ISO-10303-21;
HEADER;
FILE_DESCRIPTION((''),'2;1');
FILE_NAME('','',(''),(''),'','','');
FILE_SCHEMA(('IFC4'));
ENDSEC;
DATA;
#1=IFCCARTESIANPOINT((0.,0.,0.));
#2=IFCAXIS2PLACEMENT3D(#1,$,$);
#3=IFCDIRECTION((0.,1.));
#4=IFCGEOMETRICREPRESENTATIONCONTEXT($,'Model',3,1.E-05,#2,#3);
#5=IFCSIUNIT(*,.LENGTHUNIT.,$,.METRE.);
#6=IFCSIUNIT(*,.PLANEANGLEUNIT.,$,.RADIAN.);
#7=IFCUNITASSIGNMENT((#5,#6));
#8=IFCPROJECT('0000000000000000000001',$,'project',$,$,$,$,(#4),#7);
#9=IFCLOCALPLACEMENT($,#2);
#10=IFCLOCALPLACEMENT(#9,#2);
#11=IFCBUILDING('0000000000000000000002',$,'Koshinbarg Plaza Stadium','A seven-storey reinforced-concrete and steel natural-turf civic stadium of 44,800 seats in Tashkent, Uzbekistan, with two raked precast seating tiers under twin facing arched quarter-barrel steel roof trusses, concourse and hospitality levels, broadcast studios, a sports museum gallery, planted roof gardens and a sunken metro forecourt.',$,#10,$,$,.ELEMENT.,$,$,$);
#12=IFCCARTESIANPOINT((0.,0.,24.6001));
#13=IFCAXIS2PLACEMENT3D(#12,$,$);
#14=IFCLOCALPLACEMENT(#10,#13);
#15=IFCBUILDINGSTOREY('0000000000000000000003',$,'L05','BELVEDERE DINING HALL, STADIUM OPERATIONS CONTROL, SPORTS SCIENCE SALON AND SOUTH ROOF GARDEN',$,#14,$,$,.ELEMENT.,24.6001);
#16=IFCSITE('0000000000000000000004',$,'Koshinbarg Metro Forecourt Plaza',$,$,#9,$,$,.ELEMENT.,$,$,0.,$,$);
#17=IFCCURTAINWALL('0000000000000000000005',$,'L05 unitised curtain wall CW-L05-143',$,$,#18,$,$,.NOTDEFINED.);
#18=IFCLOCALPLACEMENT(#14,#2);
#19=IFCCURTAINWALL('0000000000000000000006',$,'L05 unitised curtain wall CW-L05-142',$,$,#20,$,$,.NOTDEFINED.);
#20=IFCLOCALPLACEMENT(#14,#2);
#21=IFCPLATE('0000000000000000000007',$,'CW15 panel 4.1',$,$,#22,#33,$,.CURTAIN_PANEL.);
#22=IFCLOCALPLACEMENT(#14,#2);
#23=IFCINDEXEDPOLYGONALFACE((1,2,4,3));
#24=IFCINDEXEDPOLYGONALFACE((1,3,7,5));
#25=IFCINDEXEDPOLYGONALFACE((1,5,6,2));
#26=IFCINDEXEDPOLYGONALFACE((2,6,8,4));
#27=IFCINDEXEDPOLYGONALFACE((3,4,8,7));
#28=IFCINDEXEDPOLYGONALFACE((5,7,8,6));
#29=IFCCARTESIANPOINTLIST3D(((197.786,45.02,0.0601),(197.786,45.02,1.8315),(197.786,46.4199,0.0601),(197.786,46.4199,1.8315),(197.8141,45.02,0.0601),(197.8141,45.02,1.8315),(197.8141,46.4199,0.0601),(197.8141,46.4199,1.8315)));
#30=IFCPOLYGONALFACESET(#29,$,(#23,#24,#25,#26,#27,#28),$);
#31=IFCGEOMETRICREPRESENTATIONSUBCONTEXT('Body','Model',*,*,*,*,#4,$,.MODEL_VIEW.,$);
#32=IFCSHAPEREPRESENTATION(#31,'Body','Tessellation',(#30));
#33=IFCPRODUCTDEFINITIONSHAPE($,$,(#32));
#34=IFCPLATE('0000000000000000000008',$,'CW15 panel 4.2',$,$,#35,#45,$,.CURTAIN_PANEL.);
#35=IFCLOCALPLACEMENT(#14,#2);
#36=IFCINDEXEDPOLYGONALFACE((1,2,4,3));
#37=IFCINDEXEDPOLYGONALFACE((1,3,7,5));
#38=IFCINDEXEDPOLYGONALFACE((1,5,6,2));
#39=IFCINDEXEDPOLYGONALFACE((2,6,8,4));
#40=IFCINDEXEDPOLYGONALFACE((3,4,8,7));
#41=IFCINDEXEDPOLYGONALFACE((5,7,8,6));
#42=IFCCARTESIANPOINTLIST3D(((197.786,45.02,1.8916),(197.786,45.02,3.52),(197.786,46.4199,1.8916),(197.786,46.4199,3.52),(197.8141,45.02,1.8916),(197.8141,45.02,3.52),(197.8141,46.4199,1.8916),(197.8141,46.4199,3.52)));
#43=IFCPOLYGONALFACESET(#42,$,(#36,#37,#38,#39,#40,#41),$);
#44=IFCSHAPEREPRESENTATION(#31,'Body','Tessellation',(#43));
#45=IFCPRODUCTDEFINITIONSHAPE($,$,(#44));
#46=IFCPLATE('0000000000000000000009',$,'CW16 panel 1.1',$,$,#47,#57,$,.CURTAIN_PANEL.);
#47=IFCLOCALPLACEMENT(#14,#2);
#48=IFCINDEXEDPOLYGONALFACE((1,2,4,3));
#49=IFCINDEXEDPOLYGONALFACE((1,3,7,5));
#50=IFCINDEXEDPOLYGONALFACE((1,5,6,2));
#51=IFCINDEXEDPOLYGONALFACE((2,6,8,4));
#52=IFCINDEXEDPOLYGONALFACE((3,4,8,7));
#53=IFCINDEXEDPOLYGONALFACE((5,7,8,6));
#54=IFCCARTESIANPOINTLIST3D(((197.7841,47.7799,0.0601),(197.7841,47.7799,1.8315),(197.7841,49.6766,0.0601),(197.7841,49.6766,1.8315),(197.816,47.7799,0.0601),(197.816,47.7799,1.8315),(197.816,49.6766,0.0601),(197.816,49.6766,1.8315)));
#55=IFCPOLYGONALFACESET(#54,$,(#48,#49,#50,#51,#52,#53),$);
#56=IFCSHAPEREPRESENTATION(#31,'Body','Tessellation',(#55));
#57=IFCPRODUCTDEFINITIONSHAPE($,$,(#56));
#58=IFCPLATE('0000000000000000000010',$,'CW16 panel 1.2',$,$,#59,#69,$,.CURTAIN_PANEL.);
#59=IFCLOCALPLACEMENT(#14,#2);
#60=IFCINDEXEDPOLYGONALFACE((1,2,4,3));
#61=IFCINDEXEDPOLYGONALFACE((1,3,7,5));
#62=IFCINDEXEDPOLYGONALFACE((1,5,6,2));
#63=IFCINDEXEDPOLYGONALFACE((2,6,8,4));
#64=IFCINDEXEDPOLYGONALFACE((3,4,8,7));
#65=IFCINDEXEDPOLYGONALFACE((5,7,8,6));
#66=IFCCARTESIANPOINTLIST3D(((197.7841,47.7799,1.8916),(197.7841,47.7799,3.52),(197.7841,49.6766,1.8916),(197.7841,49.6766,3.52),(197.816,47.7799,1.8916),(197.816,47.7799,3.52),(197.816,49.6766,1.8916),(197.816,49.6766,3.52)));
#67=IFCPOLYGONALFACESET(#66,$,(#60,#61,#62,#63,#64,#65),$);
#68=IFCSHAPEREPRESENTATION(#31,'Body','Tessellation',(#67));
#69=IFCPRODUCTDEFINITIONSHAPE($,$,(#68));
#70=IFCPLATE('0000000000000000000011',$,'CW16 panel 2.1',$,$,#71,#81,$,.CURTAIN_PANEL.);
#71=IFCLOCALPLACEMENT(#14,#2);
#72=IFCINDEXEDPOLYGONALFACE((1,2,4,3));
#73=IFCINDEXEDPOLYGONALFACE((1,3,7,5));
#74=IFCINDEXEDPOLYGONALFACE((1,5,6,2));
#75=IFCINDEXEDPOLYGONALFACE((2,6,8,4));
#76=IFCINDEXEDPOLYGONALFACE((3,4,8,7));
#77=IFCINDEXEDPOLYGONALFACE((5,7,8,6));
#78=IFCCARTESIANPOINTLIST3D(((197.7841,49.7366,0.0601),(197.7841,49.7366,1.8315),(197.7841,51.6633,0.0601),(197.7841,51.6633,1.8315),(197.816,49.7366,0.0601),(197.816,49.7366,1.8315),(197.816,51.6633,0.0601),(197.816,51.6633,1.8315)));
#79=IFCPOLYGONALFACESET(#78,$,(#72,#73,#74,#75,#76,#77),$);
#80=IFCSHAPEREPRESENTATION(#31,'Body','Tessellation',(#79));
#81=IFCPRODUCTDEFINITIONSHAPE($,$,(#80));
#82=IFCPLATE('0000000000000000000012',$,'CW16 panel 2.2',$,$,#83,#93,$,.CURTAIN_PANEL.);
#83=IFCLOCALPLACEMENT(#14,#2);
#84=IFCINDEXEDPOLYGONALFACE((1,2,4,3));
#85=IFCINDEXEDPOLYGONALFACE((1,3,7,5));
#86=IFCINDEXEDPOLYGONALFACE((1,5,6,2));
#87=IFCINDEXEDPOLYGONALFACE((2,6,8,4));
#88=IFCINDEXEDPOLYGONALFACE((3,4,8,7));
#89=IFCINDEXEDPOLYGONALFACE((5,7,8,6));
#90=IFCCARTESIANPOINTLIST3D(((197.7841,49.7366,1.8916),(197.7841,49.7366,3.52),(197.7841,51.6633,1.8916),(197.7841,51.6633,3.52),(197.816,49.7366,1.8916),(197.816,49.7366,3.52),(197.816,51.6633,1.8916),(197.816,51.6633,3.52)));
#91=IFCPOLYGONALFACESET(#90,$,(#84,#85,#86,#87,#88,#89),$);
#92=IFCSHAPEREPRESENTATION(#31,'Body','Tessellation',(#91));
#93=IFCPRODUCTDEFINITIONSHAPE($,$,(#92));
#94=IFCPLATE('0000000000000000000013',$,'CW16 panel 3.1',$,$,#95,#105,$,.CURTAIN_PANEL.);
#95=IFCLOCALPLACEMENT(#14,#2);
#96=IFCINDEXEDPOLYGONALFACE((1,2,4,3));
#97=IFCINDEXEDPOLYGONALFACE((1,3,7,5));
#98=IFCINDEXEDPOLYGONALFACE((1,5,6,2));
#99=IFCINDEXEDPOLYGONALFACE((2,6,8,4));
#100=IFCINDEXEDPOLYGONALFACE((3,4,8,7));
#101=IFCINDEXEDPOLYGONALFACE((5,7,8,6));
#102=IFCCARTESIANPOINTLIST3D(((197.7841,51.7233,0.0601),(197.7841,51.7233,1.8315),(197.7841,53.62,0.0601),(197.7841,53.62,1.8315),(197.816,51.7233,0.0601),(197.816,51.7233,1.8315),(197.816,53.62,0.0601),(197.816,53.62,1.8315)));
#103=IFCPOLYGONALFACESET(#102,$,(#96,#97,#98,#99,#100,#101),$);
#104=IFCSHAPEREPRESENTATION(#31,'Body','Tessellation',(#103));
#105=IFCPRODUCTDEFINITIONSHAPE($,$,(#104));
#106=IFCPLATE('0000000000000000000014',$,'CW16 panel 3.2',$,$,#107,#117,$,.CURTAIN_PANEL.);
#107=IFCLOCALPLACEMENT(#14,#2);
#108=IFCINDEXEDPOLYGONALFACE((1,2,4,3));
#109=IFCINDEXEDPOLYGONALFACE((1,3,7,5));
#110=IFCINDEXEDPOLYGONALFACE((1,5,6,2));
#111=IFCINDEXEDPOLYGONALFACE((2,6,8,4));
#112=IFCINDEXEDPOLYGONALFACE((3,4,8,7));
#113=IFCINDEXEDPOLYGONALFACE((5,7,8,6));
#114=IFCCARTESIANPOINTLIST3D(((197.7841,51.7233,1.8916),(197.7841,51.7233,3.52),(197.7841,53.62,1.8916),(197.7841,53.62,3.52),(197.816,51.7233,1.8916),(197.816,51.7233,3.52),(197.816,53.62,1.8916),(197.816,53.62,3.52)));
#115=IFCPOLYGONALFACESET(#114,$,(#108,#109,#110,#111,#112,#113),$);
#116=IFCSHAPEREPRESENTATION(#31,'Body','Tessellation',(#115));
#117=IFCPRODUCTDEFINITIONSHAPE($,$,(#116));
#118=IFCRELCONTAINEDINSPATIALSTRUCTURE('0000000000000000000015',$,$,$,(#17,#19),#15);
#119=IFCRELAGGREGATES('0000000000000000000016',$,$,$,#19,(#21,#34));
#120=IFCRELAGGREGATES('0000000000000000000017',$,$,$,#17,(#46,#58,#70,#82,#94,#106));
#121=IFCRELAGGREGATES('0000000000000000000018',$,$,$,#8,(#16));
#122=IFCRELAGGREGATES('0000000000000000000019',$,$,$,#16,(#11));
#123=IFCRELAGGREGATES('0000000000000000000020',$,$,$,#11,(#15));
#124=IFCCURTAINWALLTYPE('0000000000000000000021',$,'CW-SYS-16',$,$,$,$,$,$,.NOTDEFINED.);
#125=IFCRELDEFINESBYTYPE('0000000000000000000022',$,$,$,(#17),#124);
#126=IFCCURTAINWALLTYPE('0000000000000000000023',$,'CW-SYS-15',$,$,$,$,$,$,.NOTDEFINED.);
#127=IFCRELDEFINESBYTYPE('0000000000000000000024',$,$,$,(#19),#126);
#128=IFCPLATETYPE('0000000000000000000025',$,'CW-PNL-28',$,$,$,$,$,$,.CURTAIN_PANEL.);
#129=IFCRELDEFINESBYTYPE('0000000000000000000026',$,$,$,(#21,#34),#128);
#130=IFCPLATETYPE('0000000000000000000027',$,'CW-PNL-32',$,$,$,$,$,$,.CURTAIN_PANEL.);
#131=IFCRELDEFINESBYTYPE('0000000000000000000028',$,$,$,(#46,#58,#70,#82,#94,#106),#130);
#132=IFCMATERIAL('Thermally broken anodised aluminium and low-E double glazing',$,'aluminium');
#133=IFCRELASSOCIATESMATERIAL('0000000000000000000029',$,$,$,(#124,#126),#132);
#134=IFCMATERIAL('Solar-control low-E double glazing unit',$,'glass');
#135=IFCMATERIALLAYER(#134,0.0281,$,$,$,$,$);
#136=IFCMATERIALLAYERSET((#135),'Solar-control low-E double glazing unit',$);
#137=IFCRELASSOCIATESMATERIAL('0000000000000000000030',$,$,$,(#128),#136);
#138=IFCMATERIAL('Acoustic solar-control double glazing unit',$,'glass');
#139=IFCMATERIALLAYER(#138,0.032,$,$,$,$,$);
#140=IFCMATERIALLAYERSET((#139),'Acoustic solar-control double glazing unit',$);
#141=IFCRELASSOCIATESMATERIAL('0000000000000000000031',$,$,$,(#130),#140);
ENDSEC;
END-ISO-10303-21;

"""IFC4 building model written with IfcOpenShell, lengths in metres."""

from ifc_helpers import new_model, si_unit, direction, frame, origin, origin_2d, place, context, subcontext, project, spatial, rectangle, extrude, material, layer, layer_set, type_object, element, aggregate, save


model = new_model("IFC4")

# Units and contexts
model_context = context("Model", 3, precision=1e-05, world=origin(), true_north=direction((0.0, 1.0)))
body_context = subcontext(model_context, "Body", "Model", "MODEL_VIEW")
ifc_project = project(units=[si_unit("LENGTHUNIT", "METRE"), si_unit("PLANEANGLEUNIT", "RADIAN")], contexts=[model_context])

# Site, building, storey
site_placement = place(None, origin())
site = spatial("IfcSite", under=ifc_project, at=site_placement, Name="Koshinbarg Metro Forecourt Plaza", CompositionType="ELEMENT", RefElevation=0.0)
building_placement = place(site_placement, origin())
building = spatial("IfcBuilding", under=site, at=building_placement, Name="Koshinbarg Plaza Stadium", Description="A seven-storey reinforced-concrete and steel natural-turf civic stadium of 44,800 seats in Tashkent, Uzbekistan, with two raked precast seating tiers under twin facing arched quarter-barrel steel roof trusses, concourse and hospitality levels, broadcast studios, a sports museum gallery, planted roof gardens and a sunken metro forecourt.", CompositionType="ELEMENT")
storey_placement = place(building_placement, frame((0.0, 0.0, 24.6001)))
storey = spatial("IfcBuildingStorey", under=building, at=storey_placement, Name="L05", Description="BELVEDERE DINING HALL, STADIUM OPERATIONS CONTROL, SPORTS SCIENCE SALON AND SOUTH ROOF GARDEN", CompositionType="ELEMENT", Elevation=24.6001)

# Curtain walls
ifc_material_1 = material(Name="Thermally broken anodised aluminium and low-E double glazing", Category="aluminium")
curtain_wall_type_1 = type_object("IfcCurtainWallType", Name="CW-SYS-16", PredefinedType="NOTDEFINED", material=ifc_material_1)
curtain_wall_1_placement = place(storey_placement, origin())
curtain_wall_1 = element("IfcCurtainWall", 1, at=curtain_wall_1_placement, inside=storey, type_object=curtain_wall_type_1, Name="L05 unitised curtain wall CW-L05-143", PredefinedType="NOTDEFINED")
curtain_wall_type_2 = type_object("IfcCurtainWallType", Name="CW-SYS-15", PredefinedType="NOTDEFINED", material=ifc_material_1)
curtain_wall_2_placement = place(storey_placement, origin())
curtain_wall_2 = element("IfcCurtainWall", 2, at=curtain_wall_2_placement, inside=storey, type_object=curtain_wall_type_2, Name="L05 unitised curtain wall CW-L05-142", PredefinedType="NOTDEFINED")

# Plates
ifc_material_2 = material(Name="Solar-control low-E double glazing unit", Category="glass")
ifc_layer_1 = layer(ifc_material_2, 0.0281)
ifc_layer_set_1 = layer_set([ifc_layer_1], Name="Solar-control low-E double glazing unit")
plate_type_1 = type_object("IfcPlateType", Name="CW-PNL-28", PredefinedType="CURTAIN_PANEL", material=ifc_layer_set_1)
plate_1_placement = place(storey_placement, frame((197.8, 45.72, 0.0601), z_axis=(0.0, 0.0, 1.0), x_axis=(0.0, 1.0, 0.0)))
plate_1 = element("IfcPlate", 3, at=plate_1_placement, type_object=plate_type_1, Name="CW15 panel 4.1", PredefinedType="CURTAIN_PANEL", context=body_context, shape_type="SweptSolid", body=[
    extrude(rectangle(XDim=1.3999, YDim=0.0281, at=origin_2d()), origin(), (0.0, 0.0, 1.0), 1.7715),
])
plate_2_placement = place(storey_placement, frame((197.8, 45.72, 1.8916), z_axis=(0.0, 0.0, 1.0), x_axis=(0.0, 1.0, 0.0)))
plate_2 = element("IfcPlate", 4, at=plate_2_placement, type_object=plate_type_1, Name="CW15 panel 4.2", PredefinedType="CURTAIN_PANEL", context=body_context, shape_type="SweptSolid", body=[
    extrude(rectangle(XDim=1.3999, YDim=0.0281, at=origin_2d()), origin(), (0.0, 0.0, 1.0), 1.6284),
])
aggregate(curtain_wall_2, [plate_1, plate_2])
ifc_material_3 = material(Name="Acoustic solar-control double glazing unit", Category="glass")
ifc_layer_2 = layer(ifc_material_3, 0.032)
ifc_layer_set_2 = layer_set([ifc_layer_2], Name="Acoustic solar-control double glazing unit")
plate_type_2 = type_object("IfcPlateType", Name="CW-PNL-32", PredefinedType="CURTAIN_PANEL", material=ifc_layer_set_2)
plate_3_placement = place(storey_placement, frame((197.8, 48.7283, 0.0601), z_axis=(0.0, 0.0, 1.0), x_axis=(0.0, 1.0, 0.0)))
plate_3 = element("IfcPlate", 5, at=plate_3_placement, type_object=plate_type_2, Name="CW16 panel 1.1", PredefinedType="CURTAIN_PANEL", context=body_context, shape_type="SweptSolid", body=[
    extrude(rectangle(XDim=1.8967, YDim=0.032, at=origin_2d()), origin(), (0.0, 0.0, 1.0), 1.7715),
])
plate_4_placement = place(storey_placement, frame((197.8, 48.7283, 1.8916), z_axis=(0.0, 0.0, 1.0), x_axis=(0.0, 1.0, 0.0)))
plate_4 = element("IfcPlate", 6, at=plate_4_placement, type_object=plate_type_2, Name="CW16 panel 1.2", PredefinedType="CURTAIN_PANEL", context=body_context, shape_type="SweptSolid", body=[
    extrude(rectangle(XDim=1.8967, YDim=0.032, at=origin_2d()), origin(), (0.0, 0.0, 1.0), 1.6284),
])
plate_5_placement = place(storey_placement, frame((197.8, 50.7, 0.0601), z_axis=(0.0, 0.0, 1.0), x_axis=(0.0, 1.0, 0.0)))
plate_5 = element("IfcPlate", 7, at=plate_5_placement, type_object=plate_type_2, Name="CW16 panel 2.1", PredefinedType="CURTAIN_PANEL", context=body_context, shape_type="SweptSolid", body=[
    extrude(rectangle(XDim=1.9268, YDim=0.032, at=origin_2d()), origin(), (0.0, 0.0, 1.0), 1.7715),
])
plate_6_placement = place(storey_placement, frame((197.8, 50.7, 1.8916), z_axis=(0.0, 0.0, 1.0), x_axis=(0.0, 1.0, 0.0)))
plate_6 = element("IfcPlate", 8, at=plate_6_placement, type_object=plate_type_2, Name="CW16 panel 2.2", PredefinedType="CURTAIN_PANEL", context=body_context, shape_type="SweptSolid", body=[
    extrude(rectangle(XDim=1.9268, YDim=0.032, at=origin_2d()), origin(), (0.0, 0.0, 1.0), 1.6284),
])
plate_7_placement = place(storey_placement, frame((197.8, 52.6716, 0.0601), z_axis=(0.0, 0.0, 1.0), x_axis=(0.0, 1.0, 0.0)))
plate_7 = element("IfcPlate", 9, at=plate_7_placement, type_object=plate_type_2, Name="CW16 panel 3.1", PredefinedType="CURTAIN_PANEL", context=body_context, shape_type="SweptSolid", body=[
    extrude(rectangle(XDim=1.8967, YDim=0.032, at=origin_2d()), origin(), (0.0, 0.0, 1.0), 1.7715),
])
plate_8_placement = place(storey_placement, frame((197.8, 52.6716, 1.8916), z_axis=(0.0, 0.0, 1.0), x_axis=(0.0, 1.0, 0.0)))
plate_8 = element("IfcPlate", 10, at=plate_8_placement, type_object=plate_type_2, Name="CW16 panel 3.2", PredefinedType="CURTAIN_PANEL", context=body_context, shape_type="SweptSolid", body=[
    extrude(rectangle(XDim=1.8967, YDim=0.032, at=origin_2d()), origin(), (0.0, 0.0, 1.0), 1.6284),
])
aggregate(curtain_wall_1, [plate_3, plate_4, plate_5, plate_6, plate_7, plate_8])

save(model, "model.ifc")
